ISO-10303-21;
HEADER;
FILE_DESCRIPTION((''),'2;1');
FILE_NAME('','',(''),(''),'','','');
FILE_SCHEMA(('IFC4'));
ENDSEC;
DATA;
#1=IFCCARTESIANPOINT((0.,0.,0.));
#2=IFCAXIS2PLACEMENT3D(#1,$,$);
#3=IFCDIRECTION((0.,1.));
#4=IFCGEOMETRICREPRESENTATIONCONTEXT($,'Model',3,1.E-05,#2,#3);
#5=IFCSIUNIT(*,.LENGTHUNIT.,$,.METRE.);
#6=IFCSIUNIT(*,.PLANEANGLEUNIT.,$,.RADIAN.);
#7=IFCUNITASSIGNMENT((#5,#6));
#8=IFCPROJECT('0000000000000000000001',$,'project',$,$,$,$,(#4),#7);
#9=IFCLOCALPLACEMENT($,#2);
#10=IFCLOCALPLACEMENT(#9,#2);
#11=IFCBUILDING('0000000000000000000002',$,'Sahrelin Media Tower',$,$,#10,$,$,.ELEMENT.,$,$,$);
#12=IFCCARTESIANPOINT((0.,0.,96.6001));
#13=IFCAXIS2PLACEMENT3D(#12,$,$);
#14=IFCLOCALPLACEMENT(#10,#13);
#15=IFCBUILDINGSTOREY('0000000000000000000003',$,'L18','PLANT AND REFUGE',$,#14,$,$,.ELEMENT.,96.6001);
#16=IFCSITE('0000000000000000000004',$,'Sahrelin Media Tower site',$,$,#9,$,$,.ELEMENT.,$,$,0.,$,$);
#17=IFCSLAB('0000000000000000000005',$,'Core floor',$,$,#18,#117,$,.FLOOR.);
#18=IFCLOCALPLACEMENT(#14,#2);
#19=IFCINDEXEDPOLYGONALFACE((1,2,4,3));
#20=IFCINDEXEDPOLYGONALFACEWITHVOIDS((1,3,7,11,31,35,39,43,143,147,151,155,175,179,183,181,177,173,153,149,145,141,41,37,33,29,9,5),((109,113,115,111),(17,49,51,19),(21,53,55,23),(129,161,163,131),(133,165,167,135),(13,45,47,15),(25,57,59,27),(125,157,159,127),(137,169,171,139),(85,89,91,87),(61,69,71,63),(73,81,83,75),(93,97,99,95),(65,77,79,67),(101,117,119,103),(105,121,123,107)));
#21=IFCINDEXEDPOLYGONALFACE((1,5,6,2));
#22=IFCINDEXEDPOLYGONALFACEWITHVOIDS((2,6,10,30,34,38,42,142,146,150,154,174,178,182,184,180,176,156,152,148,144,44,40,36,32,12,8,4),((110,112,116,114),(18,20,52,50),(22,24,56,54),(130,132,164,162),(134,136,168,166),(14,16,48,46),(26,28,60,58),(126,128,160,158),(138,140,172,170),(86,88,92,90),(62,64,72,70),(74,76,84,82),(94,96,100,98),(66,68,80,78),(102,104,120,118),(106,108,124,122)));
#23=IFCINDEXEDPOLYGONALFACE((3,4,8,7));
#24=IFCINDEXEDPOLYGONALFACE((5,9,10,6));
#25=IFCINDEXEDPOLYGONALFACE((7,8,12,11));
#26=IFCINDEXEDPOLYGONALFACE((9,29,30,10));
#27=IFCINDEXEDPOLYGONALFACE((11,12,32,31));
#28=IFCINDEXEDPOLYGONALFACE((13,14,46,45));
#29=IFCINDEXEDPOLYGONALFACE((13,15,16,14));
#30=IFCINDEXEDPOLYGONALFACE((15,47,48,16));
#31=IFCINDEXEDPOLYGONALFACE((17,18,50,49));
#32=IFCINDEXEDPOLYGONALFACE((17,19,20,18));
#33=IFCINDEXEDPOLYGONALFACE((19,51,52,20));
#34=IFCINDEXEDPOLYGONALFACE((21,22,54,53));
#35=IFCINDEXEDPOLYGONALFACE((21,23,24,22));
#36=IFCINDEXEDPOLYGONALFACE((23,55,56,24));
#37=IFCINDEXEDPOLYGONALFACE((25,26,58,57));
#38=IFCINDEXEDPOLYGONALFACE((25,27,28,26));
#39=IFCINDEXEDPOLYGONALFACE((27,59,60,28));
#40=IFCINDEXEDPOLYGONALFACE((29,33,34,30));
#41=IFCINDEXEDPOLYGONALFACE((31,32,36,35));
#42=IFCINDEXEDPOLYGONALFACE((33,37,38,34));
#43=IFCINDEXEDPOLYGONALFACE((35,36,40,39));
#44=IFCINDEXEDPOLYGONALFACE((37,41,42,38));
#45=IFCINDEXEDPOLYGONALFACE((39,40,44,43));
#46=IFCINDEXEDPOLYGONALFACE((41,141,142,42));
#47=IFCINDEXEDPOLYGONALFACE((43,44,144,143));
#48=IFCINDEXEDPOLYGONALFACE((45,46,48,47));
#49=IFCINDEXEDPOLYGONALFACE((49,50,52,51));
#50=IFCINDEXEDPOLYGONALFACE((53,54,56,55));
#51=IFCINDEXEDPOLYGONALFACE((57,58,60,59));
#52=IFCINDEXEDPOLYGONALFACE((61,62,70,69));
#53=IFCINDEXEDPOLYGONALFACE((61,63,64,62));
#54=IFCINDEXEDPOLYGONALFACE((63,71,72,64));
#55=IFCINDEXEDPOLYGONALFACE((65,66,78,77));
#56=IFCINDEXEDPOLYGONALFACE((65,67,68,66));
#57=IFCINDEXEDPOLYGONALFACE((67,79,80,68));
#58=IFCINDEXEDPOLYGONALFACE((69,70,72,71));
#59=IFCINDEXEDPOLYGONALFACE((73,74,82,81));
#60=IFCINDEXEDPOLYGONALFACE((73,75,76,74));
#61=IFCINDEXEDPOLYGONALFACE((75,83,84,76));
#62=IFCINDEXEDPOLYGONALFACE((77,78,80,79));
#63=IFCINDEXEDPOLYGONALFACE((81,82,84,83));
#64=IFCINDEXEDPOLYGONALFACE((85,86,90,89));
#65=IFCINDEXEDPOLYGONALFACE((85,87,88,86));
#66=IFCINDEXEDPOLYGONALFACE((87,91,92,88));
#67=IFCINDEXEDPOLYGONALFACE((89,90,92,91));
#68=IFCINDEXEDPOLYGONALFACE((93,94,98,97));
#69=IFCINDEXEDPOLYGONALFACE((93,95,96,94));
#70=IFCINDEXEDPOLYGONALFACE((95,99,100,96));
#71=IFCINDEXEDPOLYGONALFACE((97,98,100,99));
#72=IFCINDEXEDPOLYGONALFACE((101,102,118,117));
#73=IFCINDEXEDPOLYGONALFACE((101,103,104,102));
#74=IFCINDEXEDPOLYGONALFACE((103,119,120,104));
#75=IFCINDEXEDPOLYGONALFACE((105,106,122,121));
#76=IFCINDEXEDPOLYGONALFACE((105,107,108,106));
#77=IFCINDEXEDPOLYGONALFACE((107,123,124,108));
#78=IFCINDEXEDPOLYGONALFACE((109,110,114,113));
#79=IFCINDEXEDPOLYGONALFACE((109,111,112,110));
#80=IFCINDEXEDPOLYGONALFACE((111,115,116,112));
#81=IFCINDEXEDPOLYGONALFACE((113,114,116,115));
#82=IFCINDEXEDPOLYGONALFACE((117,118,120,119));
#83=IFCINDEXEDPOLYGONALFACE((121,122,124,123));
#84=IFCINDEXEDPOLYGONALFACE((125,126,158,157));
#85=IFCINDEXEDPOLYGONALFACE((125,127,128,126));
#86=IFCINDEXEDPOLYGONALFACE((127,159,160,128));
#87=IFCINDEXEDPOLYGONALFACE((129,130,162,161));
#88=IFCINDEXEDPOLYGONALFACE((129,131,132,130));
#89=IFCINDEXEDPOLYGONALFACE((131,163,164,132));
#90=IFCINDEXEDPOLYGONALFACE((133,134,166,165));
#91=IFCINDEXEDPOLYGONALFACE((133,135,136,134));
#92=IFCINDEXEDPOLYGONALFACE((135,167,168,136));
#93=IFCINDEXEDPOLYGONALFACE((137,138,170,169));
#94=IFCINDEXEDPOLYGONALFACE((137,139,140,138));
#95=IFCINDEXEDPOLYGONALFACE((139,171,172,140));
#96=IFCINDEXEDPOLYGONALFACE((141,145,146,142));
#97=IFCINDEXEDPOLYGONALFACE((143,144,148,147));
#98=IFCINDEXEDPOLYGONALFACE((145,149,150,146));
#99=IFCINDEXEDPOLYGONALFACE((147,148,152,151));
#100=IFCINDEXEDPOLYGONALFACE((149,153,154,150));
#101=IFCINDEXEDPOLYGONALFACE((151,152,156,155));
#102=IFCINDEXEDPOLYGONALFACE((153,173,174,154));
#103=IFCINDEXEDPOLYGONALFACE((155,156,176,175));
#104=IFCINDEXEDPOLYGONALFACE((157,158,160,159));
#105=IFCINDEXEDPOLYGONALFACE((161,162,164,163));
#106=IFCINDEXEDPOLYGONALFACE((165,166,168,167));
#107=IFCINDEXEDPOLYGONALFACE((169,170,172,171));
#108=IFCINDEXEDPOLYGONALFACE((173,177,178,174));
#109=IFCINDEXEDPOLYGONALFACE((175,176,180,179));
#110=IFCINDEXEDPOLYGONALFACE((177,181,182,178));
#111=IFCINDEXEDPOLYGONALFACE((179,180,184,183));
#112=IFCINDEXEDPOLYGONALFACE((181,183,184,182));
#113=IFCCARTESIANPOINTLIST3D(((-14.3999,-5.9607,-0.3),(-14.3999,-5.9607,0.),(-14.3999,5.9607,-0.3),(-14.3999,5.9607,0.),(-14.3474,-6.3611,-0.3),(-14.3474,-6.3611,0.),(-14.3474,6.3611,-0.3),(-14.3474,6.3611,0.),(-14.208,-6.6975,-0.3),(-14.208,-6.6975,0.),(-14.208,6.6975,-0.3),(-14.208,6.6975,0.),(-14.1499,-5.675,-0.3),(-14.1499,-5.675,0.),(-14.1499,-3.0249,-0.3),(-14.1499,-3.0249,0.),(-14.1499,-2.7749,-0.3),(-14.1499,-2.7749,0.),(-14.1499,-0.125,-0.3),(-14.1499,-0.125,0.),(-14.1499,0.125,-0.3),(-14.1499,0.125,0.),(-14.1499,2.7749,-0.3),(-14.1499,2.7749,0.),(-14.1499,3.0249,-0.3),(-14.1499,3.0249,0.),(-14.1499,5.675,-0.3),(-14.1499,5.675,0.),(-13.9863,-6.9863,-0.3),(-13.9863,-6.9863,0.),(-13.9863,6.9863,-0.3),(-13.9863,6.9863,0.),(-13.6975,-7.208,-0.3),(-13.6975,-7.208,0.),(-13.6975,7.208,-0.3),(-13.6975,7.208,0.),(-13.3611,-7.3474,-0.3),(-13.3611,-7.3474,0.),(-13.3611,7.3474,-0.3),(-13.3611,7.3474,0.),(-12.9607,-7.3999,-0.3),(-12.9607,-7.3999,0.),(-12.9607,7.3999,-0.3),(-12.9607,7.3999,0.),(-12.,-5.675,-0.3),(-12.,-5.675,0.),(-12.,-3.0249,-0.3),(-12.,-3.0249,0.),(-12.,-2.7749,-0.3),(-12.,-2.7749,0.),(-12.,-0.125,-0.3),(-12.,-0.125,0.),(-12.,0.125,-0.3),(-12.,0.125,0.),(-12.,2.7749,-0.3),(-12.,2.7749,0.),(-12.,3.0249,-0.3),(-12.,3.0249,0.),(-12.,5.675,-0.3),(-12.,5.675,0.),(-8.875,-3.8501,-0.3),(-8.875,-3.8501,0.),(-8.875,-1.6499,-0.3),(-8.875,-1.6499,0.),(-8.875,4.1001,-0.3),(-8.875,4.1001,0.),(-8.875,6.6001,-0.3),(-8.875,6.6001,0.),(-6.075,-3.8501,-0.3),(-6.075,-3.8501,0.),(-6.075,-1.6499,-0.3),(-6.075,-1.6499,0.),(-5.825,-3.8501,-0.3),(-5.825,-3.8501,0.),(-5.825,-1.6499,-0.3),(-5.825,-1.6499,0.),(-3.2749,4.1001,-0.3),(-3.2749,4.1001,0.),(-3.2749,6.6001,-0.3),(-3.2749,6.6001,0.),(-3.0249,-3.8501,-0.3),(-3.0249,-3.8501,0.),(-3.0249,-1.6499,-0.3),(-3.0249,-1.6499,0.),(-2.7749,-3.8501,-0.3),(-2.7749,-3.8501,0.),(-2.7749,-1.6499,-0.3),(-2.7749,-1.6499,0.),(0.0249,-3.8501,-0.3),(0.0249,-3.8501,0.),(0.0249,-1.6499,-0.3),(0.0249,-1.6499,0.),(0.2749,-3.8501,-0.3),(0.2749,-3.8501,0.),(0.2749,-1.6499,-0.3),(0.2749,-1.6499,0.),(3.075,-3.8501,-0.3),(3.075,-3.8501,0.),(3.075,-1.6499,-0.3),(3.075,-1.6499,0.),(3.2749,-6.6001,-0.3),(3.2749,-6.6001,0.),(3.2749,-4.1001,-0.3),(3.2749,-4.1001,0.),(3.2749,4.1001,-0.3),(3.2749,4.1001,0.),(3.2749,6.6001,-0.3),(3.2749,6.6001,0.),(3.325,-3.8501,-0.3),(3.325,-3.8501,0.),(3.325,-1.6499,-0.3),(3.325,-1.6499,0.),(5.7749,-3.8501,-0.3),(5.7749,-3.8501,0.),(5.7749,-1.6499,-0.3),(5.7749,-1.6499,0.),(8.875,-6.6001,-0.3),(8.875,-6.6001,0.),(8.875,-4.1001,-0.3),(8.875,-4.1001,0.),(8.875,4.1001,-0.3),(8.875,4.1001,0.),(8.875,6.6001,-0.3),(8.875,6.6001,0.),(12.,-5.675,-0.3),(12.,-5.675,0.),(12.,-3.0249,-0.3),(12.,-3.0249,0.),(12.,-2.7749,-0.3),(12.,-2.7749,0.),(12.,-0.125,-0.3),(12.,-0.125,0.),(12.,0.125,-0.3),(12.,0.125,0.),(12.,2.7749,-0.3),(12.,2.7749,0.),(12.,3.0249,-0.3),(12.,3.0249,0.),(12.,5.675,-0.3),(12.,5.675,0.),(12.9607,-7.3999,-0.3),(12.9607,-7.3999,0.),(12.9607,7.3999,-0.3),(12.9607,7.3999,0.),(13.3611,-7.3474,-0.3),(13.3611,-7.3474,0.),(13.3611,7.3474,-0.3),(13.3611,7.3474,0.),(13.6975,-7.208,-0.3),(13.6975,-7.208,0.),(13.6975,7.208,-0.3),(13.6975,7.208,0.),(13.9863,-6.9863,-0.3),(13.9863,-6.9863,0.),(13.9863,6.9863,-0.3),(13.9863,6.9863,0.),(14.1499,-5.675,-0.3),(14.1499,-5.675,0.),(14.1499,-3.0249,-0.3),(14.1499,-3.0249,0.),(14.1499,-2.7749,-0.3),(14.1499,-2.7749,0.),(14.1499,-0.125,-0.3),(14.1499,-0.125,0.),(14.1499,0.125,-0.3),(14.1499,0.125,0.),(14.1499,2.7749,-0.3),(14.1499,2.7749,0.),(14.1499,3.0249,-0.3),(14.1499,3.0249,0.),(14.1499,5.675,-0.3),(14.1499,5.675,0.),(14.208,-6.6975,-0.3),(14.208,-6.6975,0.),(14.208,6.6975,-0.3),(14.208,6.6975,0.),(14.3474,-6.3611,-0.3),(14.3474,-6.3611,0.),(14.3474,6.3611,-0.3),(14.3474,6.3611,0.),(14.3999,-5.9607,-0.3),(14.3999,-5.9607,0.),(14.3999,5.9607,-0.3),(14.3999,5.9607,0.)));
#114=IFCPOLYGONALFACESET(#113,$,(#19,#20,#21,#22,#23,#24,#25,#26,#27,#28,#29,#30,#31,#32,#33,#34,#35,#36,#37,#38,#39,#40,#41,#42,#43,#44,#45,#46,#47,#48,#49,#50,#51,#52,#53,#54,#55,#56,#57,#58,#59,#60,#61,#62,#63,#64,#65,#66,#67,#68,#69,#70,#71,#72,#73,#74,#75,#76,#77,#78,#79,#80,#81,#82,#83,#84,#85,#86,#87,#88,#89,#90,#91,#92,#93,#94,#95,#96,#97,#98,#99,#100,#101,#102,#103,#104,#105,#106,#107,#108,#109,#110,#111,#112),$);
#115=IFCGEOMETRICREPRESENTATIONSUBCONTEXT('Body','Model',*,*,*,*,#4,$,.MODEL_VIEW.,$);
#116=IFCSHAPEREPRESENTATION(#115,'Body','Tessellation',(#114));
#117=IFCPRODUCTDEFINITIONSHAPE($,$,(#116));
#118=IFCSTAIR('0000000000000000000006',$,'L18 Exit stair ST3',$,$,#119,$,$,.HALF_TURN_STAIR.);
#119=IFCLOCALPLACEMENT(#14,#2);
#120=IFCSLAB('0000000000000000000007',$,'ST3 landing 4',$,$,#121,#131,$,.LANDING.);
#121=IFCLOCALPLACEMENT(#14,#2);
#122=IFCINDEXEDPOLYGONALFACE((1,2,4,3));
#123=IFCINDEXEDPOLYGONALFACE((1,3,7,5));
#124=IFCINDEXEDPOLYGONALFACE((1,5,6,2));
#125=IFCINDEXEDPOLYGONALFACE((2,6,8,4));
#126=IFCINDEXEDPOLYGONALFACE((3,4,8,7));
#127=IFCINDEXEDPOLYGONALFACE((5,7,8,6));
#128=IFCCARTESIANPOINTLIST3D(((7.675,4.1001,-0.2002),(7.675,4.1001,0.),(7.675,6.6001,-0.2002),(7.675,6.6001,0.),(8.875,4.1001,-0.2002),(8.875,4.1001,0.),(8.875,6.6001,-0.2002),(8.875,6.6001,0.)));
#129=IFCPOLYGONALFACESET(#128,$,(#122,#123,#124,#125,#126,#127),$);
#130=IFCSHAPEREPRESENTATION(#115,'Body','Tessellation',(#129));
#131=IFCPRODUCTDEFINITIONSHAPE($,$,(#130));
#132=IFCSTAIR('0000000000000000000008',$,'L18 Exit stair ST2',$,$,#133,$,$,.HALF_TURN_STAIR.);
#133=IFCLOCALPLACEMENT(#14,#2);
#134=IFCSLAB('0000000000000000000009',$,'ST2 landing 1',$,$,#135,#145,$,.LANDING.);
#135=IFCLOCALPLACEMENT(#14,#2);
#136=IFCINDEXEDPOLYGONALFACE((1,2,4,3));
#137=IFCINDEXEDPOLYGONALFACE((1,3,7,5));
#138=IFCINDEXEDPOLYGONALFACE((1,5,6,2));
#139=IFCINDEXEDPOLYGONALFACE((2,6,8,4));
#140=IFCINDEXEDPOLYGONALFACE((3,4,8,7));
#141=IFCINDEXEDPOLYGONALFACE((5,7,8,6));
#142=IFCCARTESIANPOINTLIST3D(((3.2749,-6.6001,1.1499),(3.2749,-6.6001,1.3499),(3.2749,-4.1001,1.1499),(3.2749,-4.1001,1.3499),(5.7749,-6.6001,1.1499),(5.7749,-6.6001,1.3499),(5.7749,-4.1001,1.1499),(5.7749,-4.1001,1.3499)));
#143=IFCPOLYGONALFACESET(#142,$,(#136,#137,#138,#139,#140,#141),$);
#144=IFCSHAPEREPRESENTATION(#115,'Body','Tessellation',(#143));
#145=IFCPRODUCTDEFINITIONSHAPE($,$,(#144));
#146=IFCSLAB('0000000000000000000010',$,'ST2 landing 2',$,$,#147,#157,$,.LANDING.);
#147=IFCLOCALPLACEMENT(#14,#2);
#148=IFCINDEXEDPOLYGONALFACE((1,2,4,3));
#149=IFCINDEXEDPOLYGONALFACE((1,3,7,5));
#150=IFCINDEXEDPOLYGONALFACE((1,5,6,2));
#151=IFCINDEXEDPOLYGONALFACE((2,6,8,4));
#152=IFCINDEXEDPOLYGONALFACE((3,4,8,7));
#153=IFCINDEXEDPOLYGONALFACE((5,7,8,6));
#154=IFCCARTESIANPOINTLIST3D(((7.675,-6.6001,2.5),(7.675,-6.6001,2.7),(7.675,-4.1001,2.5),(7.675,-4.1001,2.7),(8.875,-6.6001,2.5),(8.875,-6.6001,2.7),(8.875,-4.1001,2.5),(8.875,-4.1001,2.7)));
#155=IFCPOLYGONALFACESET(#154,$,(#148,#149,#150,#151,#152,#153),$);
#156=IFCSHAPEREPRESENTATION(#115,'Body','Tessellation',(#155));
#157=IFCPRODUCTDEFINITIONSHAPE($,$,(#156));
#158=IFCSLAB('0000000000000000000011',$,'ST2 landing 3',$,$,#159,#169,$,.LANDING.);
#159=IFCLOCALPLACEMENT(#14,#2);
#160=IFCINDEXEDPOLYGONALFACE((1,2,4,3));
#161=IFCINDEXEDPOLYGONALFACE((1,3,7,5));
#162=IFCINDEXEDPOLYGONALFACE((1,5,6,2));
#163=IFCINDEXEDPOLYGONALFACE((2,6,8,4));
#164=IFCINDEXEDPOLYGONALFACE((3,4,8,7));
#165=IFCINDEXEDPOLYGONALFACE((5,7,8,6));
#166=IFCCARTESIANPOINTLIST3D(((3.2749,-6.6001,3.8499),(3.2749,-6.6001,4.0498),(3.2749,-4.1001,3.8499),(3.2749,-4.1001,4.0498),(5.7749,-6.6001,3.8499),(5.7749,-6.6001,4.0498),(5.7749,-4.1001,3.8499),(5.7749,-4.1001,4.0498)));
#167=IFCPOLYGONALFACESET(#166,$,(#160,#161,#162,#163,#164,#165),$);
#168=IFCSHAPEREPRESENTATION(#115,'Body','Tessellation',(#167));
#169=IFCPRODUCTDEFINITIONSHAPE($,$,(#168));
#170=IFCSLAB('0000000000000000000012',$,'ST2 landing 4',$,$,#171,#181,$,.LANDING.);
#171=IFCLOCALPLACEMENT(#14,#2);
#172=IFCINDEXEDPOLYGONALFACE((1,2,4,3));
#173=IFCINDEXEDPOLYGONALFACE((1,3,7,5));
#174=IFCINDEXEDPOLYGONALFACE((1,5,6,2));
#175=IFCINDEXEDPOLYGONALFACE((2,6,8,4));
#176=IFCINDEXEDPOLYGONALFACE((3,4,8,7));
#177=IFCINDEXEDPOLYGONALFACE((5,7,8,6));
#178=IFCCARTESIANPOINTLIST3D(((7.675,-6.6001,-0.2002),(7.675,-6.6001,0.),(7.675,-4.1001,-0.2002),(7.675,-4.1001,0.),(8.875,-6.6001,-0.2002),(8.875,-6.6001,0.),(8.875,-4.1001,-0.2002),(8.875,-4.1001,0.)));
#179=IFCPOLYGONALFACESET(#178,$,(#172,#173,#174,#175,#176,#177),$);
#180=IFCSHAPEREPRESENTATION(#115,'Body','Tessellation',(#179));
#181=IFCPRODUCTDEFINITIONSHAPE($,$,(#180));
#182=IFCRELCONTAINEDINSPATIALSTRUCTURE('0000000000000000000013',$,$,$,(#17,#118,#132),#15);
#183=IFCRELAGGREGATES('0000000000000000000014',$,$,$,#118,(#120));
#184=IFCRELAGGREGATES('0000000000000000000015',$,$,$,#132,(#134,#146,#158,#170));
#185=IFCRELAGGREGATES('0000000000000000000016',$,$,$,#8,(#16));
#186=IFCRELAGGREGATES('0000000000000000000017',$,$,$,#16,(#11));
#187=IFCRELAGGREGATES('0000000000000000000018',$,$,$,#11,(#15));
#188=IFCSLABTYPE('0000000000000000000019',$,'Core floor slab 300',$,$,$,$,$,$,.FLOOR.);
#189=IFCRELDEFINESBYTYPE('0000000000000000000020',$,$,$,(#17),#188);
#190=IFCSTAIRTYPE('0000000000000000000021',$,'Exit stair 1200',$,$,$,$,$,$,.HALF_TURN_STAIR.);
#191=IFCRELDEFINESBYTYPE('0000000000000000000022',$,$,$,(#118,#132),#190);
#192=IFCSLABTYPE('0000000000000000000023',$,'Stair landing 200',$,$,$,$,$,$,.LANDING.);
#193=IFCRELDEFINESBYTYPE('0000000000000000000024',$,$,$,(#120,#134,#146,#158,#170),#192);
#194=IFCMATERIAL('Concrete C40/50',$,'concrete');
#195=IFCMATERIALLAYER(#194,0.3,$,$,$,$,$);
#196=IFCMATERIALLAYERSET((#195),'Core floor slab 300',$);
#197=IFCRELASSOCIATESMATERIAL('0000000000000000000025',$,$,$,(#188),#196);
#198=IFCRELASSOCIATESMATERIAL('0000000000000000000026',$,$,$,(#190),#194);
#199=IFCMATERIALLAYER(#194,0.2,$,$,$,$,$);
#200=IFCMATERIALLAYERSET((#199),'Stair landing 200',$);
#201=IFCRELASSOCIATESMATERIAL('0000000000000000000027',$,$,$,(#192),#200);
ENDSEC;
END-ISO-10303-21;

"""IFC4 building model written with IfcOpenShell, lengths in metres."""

from ifc_helpers import new_model, si_unit, direction, frame, origin, place, context, subcontext, project, spatial, polyline, outline, extrude, material, layer, layer_set, type_object, element, aggregate, save


model = new_model("IFC4")

# Units and contexts
model_context = context("Model", 3, precision=1e-05, world=origin(), true_north=direction((0.0, 1.0)))
body_context = subcontext(model_context, "Body", "Model", "MODEL_VIEW")
ifc_project = project(units=[si_unit("LENGTHUNIT", "METRE"), si_unit("PLANEANGLEUNIT", "RADIAN")], contexts=[model_context])

# Site, building, storey
site_placement = place(None, origin())
site = spatial("IfcSite", under=ifc_project, at=site_placement, Name="Sahrelin Media Tower site", CompositionType="ELEMENT", RefElevation=0.0)
building_placement = place(site_placement, origin())
building = spatial("IfcBuilding", under=site, at=building_placement, Name="Sahrelin Media Tower", CompositionType="ELEMENT")
storey_placement = place(building_placement, frame((0.0, 0.0, 96.6001)))
storey = spatial("IfcBuildingStorey", under=building, at=storey_placement, Name="L18", Description="PLANT AND REFUGE", CompositionType="ELEMENT", Elevation=96.6001)

# Slab
ifc_material_1 = material(Name="Concrete C40/50", Category="concrete")
ifc_layer_1 = layer(ifc_material_1, 0.3)
ifc_layer_set_1 = layer_set([ifc_layer_1], Name="Core floor slab 300")
slab_type_1 = type_object("IfcSlabType", Name="Core floor slab 300", PredefinedType="FLOOR", material=ifc_layer_set_1)
slab_1_placement = place(storey_placement, frame((0.0, 0.0, -0.3)))
element("IfcSlab", 1, at=slab_1_placement, inside=storey, type_object=slab_type_1, Name="Core floor", PredefinedType="FLOOR", context=body_context, shape_type="SweptSolid", body=[
    extrude(outline(polyline([(-14.3474, 6.3611), (-14.3999, 5.9607), (-14.3999, -5.9607), (-14.3474, -6.3611), (-14.208, -6.6975), (-13.9863, -6.9863), (-13.6975, -7.208), (-13.3611, -7.3474), (-12.9607, -7.3999), (12.9607, -7.3999), (13.3611, -7.3474), (13.6975, -7.208), (13.9863, -6.9863), (14.208, -6.6975), (14.3474, -6.3611), (14.3999, -5.9607), (14.3999, 5.9607), (14.3474, 6.3611), (14.208, 6.6975), (13.9863, 6.9863), (13.6975, 7.208), (13.3611, 7.3474), (12.9607, 7.3999), (-12.9607, 7.3999), (-13.3611, 7.3474), (-13.6975, 7.208), (-13.9863, 6.9863), (-14.208, 6.6975), (-14.3474, 6.3611)]), holes=[polyline([(-12.0, 3.0249), (-12.0, 5.675), (-14.1499, 5.675), (-14.1499, 3.0249), (-12.0, 3.0249)]), polyline([(-14.1499, 0.125), (-12.0, 0.125), (-12.0, 2.7749), (-14.1499, 2.7749), (-14.1499, 0.125)]), polyline([(-14.1499, -0.125), (-14.1499, -2.7749), (-12.0, -2.7749), (-12.0, -0.125), (-14.1499, -0.125)]), polyline([(-12.0, -3.0249), (-14.1499, -3.0249), (-14.1499, -5.675), (-12.0, -5.675), (-12.0, -3.0249)]), polyline([(14.1499, 3.0249), (14.1499, 5.675), (12.0, 5.675), (12.0, 3.0249), (14.1499, 3.0249)]), polyline([(12.0, 0.125), (14.1499, 0.125), (14.1499, 2.7749), (12.0, 2.7749), (12.0, 0.125)]), polyline([(12.0, -0.125), (12.0, -2.7749), (14.1499, -2.7749), (14.1499, -0.125), (12.0, -0.125)]), polyline([(14.1499, -3.0249), (12.0, -3.0249), (12.0, -5.675), (14.1499, -5.675), (14.1499, -3.0249)]), polyline([(-6.075, -3.8501), (-6.075, -1.6499), (-8.875, -1.6499), (-8.875, -3.8501), (-6.075, -3.8501)]), polyline([(-5.825, -3.8501), (-3.0249, -3.8501), (-3.0249, -1.6499), (-5.825, -1.6499), (-5.825, -3.8501)]), polyline([(-2.7749, -1.6499), (-2.7749, -3.8501), (0.0249, -3.8501), (0.0249, -1.6499), (-2.7749, -1.6499)]), polyline([(3.075, -1.6499), (0.2749, -1.6499), (0.2749, -3.8501), (3.075, -3.8501), (3.075, -1.6499)]), polyline([(5.7749, -3.8501), (5.7749, -1.6499), (3.325, -1.6499), (3.325, -3.8501), (5.7749, -3.8501)]), polyline([(-8.875, 6.6001), (-8.875, 4.1001), (-3.2749, 4.1001), (-3.2749, 6.6001), (-8.875, 6.6001)]), polyline([(3.2749, 4.1001), (8.875, 4.1001), (8.875, 6.6001), (3.2749, 6.6001), (3.2749, 4.1001)]), polyline([(3.2749, -4.1001), (3.2749, -6.6001), (8.875, -6.6001), (8.875, -4.1001), (3.2749, -4.1001)])]), origin(), (0.0, 0.0, 1.0), 0.3),
])

# Stair, slab
stair_type = type_object("IfcStairType", Name="Exit stair 1200", PredefinedType="HALF_TURN_STAIR", material=ifc_material_1)
placement_1 = place(storey_placement, origin())
stair_1 = element("IfcStair", 2, at=placement_1, inside=storey, type_object=stair_type, Name="L18 Exit stair ST3", PredefinedType="HALF_TURN_STAIR")
ifc_layer_2 = layer(ifc_material_1, 0.2)
ifc_layer_set_2 = layer_set([ifc_layer_2], Name="Stair landing 200")
slab_type_2 = type_object("IfcSlabType", Name="Stair landing 200", PredefinedType="LANDING", material=ifc_layer_set_2)
placement_2 = place(storey_placement, frame((0.0, 0.0, -0.2002)))
slab_2 = element("IfcSlab", 3, at=placement_2, type_object=slab_type_2, Name="ST3 landing 4", PredefinedType="LANDING", context=body_context, shape_type="SweptSolid", body=[
    extrude(outline(polyline([(8.875, 6.6001), (7.675, 6.6001), (7.675, 4.1001), (8.875, 4.1001), (8.875, 6.6001)])), origin(), (0.0, 0.0, 1.0), 0.2002),
])
aggregate(stair_1, [slab_2])

# Stair, slabs
stair_2 = element("IfcStair", 4, at=placement_1, inside=storey, type_object=stair_type, Name="L18 Exit stair ST2", PredefinedType="HALF_TURN_STAIR")
slab_3_placement = place(storey_placement, frame((0.0, 0.0, 1.1499)))
slab_3 = element("IfcSlab", 5, at=slab_3_placement, type_object=slab_type_2, Name="ST2 landing 1", PredefinedType="LANDING", context=body_context, shape_type="SweptSolid", body=[
    extrude(outline(polyline([(5.7749, -4.1001), (3.2749, -4.1001), (3.2749, -6.6001), (5.7749, -6.6001), (5.7749, -4.1001)])), origin(), (0.0, 0.0, 1.0), 0.2),
])
slab_4_placement = place(storey_placement, frame((0.0, 0.0, 2.5)))
slab_4 = element("IfcSlab", 6, at=slab_4_placement, type_object=slab_type_2, Name="ST2 landing 2", PredefinedType="LANDING", context=body_context, shape_type="SweptSolid", body=[
    extrude(outline(polyline([(8.875, -4.1001), (7.675, -4.1001), (7.675, -6.6001), (8.875, -6.6001), (8.875, -4.1001)])), origin(), (0.0, 0.0, 1.0), 0.2),
])
slab_5_placement = place(storey_placement, frame((0.0, 0.0, 3.8499)))
slab_5 = element("IfcSlab", 7, at=slab_5_placement, type_object=slab_type_2, Name="ST2 landing 3", PredefinedType="LANDING", context=body_context, shape_type="SweptSolid", body=[
    extrude(outline(polyline([(5.7749, -4.1001), (3.2749, -4.1001), (3.2749, -6.6001), (5.7749, -6.6001), (5.7749, -4.1001)])), origin(), (0.0, 0.0, 1.0), 0.2),
])
slab_6 = element("IfcSlab", 8, at=placement_2, type_object=slab_type_2, Name="ST2 landing 4", PredefinedType="LANDING", context=body_context, shape_type="SweptSolid", body=[
    extrude(outline(polyline([(8.875, -4.1001), (7.675, -4.1001), (7.675, -6.6001), (8.875, -6.6001), (8.875, -4.1001)])), origin(), (0.0, 0.0, 1.0), 0.2002),
])
aggregate(stair_2, [slab_3, slab_4, slab_5, slab_6])

save(model, "model.ifc")
